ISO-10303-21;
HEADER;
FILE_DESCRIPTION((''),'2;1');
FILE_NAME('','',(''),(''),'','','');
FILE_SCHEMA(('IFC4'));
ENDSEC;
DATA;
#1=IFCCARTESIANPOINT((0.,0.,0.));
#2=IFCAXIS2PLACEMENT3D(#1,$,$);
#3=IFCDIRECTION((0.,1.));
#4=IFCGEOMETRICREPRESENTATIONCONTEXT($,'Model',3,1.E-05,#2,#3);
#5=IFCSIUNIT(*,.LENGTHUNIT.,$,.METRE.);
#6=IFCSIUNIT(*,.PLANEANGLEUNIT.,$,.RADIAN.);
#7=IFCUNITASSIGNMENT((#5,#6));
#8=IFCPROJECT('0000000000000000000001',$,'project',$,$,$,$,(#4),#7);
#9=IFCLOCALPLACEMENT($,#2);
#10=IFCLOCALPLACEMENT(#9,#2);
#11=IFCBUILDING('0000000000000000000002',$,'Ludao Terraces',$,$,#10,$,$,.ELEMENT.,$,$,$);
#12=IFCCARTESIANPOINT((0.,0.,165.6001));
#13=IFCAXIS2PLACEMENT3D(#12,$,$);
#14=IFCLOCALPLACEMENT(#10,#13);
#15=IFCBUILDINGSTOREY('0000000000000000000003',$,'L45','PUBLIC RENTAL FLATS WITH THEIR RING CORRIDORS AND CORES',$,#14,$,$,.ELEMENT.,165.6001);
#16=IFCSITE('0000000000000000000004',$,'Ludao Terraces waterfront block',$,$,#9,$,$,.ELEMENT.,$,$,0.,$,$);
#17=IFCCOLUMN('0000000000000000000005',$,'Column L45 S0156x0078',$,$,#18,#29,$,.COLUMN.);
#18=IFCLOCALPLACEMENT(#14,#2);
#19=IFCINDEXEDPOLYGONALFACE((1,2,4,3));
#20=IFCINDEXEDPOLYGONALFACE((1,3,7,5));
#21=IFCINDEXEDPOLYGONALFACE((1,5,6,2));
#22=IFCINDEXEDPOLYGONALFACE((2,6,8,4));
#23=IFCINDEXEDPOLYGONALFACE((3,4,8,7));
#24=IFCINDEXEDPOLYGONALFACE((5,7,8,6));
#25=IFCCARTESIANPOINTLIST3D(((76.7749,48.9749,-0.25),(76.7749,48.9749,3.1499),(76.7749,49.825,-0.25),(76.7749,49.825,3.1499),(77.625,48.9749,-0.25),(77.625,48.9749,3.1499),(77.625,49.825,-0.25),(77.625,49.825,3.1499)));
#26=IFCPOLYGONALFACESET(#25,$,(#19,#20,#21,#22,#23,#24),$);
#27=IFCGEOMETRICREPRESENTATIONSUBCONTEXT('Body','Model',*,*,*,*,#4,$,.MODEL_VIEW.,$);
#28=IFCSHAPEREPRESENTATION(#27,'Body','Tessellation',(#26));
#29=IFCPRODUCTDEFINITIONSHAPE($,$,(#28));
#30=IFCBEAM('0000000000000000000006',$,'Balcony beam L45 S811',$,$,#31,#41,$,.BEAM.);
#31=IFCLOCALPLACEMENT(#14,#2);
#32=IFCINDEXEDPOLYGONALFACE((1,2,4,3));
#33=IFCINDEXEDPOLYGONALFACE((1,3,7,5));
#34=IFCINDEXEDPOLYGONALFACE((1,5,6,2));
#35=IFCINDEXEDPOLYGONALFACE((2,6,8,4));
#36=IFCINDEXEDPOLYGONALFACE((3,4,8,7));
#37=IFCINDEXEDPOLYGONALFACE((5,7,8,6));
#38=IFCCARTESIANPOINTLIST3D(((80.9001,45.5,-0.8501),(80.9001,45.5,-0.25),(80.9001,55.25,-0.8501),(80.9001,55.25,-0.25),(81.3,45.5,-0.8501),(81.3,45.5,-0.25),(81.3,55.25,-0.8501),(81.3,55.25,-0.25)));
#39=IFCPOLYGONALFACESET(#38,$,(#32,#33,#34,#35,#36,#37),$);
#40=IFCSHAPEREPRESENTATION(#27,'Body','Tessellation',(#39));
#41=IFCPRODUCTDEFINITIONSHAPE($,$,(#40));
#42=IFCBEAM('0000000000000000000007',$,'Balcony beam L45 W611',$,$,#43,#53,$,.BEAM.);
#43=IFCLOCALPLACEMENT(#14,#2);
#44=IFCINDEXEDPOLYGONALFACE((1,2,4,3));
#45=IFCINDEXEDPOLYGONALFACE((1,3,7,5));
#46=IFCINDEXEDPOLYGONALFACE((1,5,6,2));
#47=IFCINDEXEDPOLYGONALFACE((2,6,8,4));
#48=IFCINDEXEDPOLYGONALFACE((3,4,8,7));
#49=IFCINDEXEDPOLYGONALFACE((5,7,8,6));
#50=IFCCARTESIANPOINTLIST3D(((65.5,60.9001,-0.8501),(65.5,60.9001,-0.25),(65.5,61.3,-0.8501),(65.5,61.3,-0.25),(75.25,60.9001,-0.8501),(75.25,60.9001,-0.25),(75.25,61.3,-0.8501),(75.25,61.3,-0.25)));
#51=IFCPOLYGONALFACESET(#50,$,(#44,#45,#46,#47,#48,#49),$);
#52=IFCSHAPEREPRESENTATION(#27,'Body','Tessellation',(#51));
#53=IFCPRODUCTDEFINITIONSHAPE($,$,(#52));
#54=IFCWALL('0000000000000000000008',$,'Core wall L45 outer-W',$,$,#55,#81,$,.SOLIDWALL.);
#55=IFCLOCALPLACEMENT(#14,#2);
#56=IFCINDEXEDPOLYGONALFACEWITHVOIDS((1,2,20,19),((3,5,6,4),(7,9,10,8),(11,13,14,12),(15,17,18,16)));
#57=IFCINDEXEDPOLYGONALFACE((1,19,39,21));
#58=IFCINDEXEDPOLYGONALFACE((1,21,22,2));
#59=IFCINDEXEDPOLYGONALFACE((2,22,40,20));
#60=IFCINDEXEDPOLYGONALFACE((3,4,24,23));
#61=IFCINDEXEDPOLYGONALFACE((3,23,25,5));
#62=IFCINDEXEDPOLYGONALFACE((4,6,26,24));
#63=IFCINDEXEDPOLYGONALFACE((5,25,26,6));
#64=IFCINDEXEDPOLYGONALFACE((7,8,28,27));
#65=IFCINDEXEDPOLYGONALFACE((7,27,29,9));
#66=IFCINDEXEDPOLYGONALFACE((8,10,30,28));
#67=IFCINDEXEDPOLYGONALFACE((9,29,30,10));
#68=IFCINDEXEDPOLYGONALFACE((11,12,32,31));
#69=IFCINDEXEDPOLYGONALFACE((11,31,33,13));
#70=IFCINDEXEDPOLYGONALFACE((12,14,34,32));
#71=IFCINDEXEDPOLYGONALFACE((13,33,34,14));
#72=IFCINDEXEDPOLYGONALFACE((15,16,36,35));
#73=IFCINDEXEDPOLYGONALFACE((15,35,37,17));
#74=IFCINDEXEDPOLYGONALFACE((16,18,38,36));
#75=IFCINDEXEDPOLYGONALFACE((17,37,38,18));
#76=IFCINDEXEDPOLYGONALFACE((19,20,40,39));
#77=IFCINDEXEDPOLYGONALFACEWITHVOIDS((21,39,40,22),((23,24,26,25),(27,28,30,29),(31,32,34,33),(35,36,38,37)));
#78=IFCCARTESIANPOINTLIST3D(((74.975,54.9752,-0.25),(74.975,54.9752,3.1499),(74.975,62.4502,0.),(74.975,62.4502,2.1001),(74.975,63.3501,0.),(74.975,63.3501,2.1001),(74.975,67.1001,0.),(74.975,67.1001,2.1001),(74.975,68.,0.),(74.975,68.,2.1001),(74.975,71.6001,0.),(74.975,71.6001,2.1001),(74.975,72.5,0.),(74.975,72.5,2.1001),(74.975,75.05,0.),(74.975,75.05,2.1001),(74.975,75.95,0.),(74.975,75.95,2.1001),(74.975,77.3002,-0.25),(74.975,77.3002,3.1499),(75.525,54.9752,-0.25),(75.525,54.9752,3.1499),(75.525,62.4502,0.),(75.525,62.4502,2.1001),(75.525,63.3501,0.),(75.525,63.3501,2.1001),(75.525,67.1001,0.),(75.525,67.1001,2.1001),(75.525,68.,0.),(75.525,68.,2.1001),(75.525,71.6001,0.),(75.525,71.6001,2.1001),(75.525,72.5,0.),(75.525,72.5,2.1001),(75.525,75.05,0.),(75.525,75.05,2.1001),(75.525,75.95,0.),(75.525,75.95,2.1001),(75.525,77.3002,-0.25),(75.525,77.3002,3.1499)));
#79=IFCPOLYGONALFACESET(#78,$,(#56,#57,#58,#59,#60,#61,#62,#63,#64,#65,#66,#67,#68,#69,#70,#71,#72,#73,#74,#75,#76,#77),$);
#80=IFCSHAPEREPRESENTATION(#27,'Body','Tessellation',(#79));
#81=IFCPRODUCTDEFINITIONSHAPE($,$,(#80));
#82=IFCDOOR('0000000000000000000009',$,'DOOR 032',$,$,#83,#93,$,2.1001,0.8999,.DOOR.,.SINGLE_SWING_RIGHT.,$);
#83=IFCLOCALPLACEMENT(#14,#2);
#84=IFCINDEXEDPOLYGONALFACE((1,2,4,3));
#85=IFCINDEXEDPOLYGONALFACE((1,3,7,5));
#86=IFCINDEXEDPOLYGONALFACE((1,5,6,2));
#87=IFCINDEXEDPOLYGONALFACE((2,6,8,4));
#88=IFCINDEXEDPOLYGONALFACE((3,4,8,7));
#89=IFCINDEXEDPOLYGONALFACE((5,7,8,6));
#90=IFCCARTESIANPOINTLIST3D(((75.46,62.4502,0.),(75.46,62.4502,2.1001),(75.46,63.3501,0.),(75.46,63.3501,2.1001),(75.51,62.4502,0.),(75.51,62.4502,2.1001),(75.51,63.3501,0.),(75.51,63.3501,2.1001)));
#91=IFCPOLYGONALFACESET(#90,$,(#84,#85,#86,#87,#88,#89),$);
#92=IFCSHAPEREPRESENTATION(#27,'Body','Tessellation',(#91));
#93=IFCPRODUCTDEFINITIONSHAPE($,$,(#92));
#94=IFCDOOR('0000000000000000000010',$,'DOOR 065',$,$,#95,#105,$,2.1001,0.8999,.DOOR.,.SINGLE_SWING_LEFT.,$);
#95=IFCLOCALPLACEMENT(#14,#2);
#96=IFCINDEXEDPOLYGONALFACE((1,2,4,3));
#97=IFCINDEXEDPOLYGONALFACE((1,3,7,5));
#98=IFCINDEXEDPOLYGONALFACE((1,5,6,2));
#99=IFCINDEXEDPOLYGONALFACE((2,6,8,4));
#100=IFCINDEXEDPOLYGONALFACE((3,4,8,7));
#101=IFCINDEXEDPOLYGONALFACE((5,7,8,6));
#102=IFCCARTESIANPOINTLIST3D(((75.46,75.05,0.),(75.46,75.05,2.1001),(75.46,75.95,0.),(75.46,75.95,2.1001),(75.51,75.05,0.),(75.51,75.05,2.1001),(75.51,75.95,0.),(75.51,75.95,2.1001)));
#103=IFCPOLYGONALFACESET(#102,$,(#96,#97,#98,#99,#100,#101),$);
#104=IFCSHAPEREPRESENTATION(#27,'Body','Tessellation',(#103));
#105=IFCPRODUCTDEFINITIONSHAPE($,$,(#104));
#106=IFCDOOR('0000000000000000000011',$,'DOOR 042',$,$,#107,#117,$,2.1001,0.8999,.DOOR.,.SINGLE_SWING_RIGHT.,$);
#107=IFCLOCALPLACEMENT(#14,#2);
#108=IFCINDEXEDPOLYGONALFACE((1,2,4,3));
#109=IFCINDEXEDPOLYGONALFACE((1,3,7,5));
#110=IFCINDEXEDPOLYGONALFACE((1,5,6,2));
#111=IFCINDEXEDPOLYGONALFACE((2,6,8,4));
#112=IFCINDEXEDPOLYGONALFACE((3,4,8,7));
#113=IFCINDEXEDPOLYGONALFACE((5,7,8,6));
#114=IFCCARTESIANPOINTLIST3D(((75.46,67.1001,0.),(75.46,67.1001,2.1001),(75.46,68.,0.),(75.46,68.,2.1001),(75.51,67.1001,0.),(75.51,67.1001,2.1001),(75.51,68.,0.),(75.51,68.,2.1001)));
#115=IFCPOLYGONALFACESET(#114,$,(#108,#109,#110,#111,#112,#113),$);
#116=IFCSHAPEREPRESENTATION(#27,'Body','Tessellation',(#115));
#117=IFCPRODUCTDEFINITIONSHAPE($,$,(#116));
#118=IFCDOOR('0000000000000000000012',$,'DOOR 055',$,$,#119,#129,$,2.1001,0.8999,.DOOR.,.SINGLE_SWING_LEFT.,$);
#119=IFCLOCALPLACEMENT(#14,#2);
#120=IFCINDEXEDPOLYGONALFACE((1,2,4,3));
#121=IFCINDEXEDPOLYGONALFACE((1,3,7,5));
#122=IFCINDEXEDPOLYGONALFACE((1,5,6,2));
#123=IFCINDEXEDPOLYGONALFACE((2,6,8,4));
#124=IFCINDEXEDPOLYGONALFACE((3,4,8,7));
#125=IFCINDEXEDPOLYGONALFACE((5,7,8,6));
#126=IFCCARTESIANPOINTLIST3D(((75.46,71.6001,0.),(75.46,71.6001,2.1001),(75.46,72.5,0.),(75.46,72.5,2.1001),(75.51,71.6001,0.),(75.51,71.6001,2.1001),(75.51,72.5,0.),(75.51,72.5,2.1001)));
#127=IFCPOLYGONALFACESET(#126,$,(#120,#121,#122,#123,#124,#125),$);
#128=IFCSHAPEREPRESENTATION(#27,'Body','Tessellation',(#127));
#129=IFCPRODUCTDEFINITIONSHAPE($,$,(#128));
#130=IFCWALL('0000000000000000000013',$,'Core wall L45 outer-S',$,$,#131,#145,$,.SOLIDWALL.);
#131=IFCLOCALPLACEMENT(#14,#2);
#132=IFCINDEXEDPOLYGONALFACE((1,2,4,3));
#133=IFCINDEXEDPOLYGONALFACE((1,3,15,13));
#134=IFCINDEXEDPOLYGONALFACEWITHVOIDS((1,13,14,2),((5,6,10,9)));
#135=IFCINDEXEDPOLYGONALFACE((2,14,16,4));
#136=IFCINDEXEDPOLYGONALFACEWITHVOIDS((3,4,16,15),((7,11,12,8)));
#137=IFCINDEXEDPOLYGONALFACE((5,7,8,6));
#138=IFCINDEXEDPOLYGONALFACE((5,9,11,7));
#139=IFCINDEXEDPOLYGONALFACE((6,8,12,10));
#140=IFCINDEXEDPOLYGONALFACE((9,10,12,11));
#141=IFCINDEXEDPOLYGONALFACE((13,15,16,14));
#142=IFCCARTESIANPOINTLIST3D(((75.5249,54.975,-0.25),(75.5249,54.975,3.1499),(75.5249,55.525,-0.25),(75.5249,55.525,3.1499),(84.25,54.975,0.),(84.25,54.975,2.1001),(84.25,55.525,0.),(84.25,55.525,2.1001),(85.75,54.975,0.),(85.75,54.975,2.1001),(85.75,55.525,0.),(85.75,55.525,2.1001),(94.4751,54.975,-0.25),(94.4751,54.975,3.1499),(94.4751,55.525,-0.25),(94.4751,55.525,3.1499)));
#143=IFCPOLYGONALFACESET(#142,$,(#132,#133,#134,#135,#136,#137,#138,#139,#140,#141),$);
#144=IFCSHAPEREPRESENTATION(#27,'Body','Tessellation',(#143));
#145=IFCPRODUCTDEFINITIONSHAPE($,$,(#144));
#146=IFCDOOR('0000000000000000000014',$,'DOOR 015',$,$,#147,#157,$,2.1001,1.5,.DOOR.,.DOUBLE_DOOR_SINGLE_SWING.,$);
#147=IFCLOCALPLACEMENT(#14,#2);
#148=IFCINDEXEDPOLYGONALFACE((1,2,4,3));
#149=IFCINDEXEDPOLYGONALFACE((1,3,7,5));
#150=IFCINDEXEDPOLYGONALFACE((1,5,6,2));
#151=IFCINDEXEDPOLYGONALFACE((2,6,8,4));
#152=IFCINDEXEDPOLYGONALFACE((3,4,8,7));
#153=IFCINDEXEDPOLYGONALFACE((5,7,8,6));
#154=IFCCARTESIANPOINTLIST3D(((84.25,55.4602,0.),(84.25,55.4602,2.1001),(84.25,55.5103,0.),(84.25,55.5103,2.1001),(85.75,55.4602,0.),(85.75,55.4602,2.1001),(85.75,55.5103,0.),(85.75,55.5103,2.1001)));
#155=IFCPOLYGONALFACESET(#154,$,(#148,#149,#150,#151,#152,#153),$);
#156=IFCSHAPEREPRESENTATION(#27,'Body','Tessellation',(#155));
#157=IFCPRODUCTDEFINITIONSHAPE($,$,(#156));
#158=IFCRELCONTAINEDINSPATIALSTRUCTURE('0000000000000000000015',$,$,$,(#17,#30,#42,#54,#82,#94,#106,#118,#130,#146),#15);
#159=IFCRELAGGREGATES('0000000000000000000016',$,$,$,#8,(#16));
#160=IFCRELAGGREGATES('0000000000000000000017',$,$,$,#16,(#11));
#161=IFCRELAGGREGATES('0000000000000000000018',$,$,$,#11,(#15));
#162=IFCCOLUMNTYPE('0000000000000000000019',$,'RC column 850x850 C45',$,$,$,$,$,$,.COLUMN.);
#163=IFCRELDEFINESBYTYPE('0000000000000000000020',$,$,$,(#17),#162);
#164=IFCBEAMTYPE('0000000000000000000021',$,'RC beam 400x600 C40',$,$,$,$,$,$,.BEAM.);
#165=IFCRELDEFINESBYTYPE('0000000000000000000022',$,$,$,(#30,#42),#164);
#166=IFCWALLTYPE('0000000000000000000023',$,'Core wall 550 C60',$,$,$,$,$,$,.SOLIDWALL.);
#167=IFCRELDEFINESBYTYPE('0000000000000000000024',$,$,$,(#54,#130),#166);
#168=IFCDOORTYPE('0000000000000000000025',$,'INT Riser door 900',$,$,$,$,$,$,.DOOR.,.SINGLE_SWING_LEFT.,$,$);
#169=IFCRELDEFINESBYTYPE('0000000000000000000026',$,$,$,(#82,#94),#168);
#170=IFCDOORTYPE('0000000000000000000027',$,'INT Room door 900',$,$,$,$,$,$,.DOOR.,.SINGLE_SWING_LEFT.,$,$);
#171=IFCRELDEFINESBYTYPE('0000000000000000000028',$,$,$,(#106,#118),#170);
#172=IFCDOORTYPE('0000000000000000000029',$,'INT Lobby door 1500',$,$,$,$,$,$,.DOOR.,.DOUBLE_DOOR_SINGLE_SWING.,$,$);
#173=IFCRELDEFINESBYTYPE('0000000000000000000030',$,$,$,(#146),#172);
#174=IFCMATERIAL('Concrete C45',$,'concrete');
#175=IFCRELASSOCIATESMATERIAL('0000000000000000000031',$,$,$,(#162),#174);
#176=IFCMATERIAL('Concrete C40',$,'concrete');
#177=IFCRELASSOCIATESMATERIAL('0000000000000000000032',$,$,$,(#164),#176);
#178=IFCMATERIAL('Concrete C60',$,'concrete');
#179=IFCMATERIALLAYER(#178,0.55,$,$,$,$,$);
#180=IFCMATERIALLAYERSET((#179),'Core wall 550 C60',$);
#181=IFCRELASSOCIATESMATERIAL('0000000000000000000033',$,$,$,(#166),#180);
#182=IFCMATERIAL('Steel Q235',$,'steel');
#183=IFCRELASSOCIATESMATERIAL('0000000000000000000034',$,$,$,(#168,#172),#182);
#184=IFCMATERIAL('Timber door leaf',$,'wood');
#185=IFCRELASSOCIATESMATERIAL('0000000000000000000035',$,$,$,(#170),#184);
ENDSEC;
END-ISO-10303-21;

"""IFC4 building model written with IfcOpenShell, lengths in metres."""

from ifc_helpers import new_model, si_unit, direction, frame, frame_2d, origin, origin_2d, place, context, subcontext, project, spatial, rectangle, extrude, material, layer, layer_set, material_profile, profile_set, type_object, element, fill, save


model = new_model("IFC4")

# Units and contexts
model_context = context("Model", 3, precision=1e-05, world=origin(), true_north=direction((0.0, 1.0)))
body_context = subcontext(model_context, "Body", "Model", "MODEL_VIEW")
ifc_project = project(units=[si_unit("LENGTHUNIT", "METRE"), si_unit("PLANEANGLEUNIT", "RADIAN")], contexts=[model_context])

# Site, building, storey
site_placement = place(None, origin())
site = spatial("IfcSite", under=ifc_project, at=site_placement, Name="Ludao Terraces waterfront block", CompositionType="ELEMENT", RefElevation=0.0)
building_placement = place(site_placement, origin())
building = spatial("IfcBuilding", under=site, at=building_placement, Name="Ludao Terraces", CompositionType="ELEMENT")
storey_placement = place(building_placement, frame((0.0, 0.0, 165.6001)))
storey = spatial("IfcBuildingStorey", under=building, at=storey_placement, Name="L45", Description="PUBLIC RENTAL FLATS WITH THEIR RING CORRIDORS AND CORES", CompositionType="ELEMENT", Elevation=165.6001)

# Column
ifc_material_1 = material(Name="Concrete C45", Category="concrete")
ifc_material_profile_1 = material_profile(ifc_material_1, rectangle(XDim=0.8501, YDim=0.8501, at=origin_2d()), Name="850 X 850")
ifc_profile_set_1 = profile_set([ifc_material_profile_1], Name="Concrete C45")
column_type = type_object("IfcColumnType", Name="RC column 850x850 C45", PredefinedType="COLUMN", material=ifc_profile_set_1)
column_placement = place(storey_placement, frame((77.2, 49.3999, -0.25), z_axis=(0.0, 0.0, 1.0), x_axis=(1.0, 0.0, 0.0)))
element("IfcColumn", 1, at=column_placement, inside=storey, type_object=column_type, Name="Column L45 S0156x0078", PredefinedType="COLUMN", context=body_context, shape_type="SweptSolid", body=[
    extrude(rectangle(XDim=0.8501, YDim=0.8501, at=origin_2d()), origin(), (0.0, 0.0, 1.0), 3.3999),
])

# Beams
ifc_material_2 = material(Name="Concrete C40", Category="concrete")
ifc_material_profile_2 = material_profile(ifc_material_2, rectangle(XDim=0.3999, YDim=0.6001, at=origin_2d()), Name="400 X 600")
ifc_profile_set_2 = profile_set([ifc_material_profile_2], Name="Concrete C40")
beam_type = type_object("IfcBeamType", Name="RC beam 400x600 C40", PredefinedType="BEAM", material=ifc_profile_set_2)
for number, where, z_axis, x_axis, name in (
    (2, (81.1001, 55.25, -0.55), (0.0, -1.0, 0.0), (1.0, 0.0, 0.0), "Balcony beam L45 S811"),
    (3, (75.25, 61.1001, -0.55), (-1.0, 0.0, 0.0), (0.0, -1.0, 0.0), "Balcony beam L45 W611"),
):
    element("IfcBeam", number, at=place(storey_placement, frame(where, z_axis=z_axis, x_axis=x_axis)), inside=storey, type_object=beam_type, Name=name, PredefinedType="BEAM", context=body_context, shape_type="SweptSolid", body=[
        extrude(rectangle(XDim=0.3999, YDim=0.6001, at=origin_2d()), origin(), (0.0, 0.0, 1.0), 9.75),
    ])

# Wall, openings, doors
ifc_material_3 = material(Name="Concrete C60", Category="concrete")
ifc_layer_1 = layer(ifc_material_3, 0.55)
ifc_layer_set_1 = layer_set([ifc_layer_1], Name="Core wall 550 C60")
wall_type_1 = type_object("IfcWallType", Name="Core wall 550 C60", PredefinedType="SOLIDWALL", material=ifc_layer_set_1)
wall_1_placement = place(storey_placement, frame((75.25, 54.9751, -0.25), z_axis=(0.0, 0.0, 1.0), x_axis=(0.0, 1.0, 0.0)))
wall_1 = element("IfcWall", 4, at=wall_1_placement, inside=storey, type_object=wall_type_1, Name="Core wall L45 outer-W", PredefinedType="SOLIDWALL", context=body_context, shape_type="SweptSolid", body=[
    extrude(rectangle(XDim=22.325, YDim=0.55, at=frame_2d((11.1626, 0.0))), origin(), (0.0, 0.0, 1.0), 3.3999),
])
opening_1_placement = place(wall_1_placement, frame((7.4751, 0.0, 0.25)))
opening_1 = element("IfcOpeningElement", 5, at=opening_1_placement, cuts=wall_1, PredefinedType="OPENING", context=body_context, shape_type="SweptSolid", body=[
    extrude(rectangle(XDim=0.8999, YDim=2.1001, at=frame_2d((0.45, 1.05))), frame((0.0, 0.2852, 0.0), z_axis=(0.0, -1.0, 0.0), x_axis=(1.0, 0.0, 0.0)), (0.0, 0.0, 1.0), 0.5701),
])
opening_2_placement = place(wall_1_placement, frame((12.125, 0.0, 0.25)))
opening_2 = element("IfcOpeningElement", 6, at=opening_2_placement, cuts=wall_1, PredefinedType="OPENING", context=body_context, shape_type="SweptSolid", body=[
    extrude(rectangle(XDim=0.8999, YDim=2.1001, at=frame_2d((0.45, 1.05))), frame((0.0, 0.2852, 0.0), z_axis=(0.0, -1.0, 0.0), x_axis=(1.0, 0.0, 0.0)), (0.0, 0.0, 1.0), 0.5701),
])
opening_3_placement = place(wall_1_placement, frame((16.625, 0.0, 0.25)))
opening_3 = element("IfcOpeningElement", 7, at=opening_3_placement, cuts=wall_1, PredefinedType="OPENING", context=body_context, shape_type="SweptSolid", body=[
    extrude(rectangle(XDim=0.8999, YDim=2.1001, at=frame_2d((0.45, 1.05))), frame((0.0, 0.2852, 0.0), z_axis=(0.0, -1.0, 0.0), x_axis=(1.0, 0.0, 0.0)), (0.0, 0.0, 1.0), 0.5701),
])
opening_4_placement = place(wall_1_placement, frame((20.075, 0.0, 0.25)))
opening_4 = element("IfcOpeningElement", 8, at=opening_4_placement, cuts=wall_1, PredefinedType="OPENING", context=body_context, shape_type="SweptSolid", body=[
    extrude(rectangle(XDim=0.8999, YDim=2.1001, at=frame_2d((0.45, 1.05))), frame((0.0, 0.2852, 0.0), z_axis=(0.0, -1.0, 0.0), x_axis=(1.0, 0.0, 0.0)), (0.0, 0.0, 1.0), 0.5701),
])
ifc_material_4 = material(Name="Steel Q235", Category="steel")
door_type_1 = type_object("IfcDoorType", Name="INT Riser door 900", OperationType="SINGLE_SWING_LEFT", PredefinedType="DOOR", material=ifc_material_4)
door_1_placement = place(opening_1_placement, origin())
door_1 = element("IfcDoor", 9, at=door_1_placement, inside=storey, type_object=door_type_1, Name="DOOR 032", OperationType="SINGLE_SWING_RIGHT", OverallHeight=2.1001, OverallWidth=0.8999, PredefinedType="DOOR", context=body_context, shape_type="SweptSolid", body=[
    extrude(rectangle(XDim=0.8999, YDim=2.1001, at=frame_2d((0.45, 1.05))), frame((0.0, -0.21, 0.0), z_axis=(0.0, -1.0, 0.0), x_axis=(1.0, 0.0, 0.0)), (0.0, 0.0, 1.0), 0.05),
])
fill(opening_1, door_1)
door_2_placement = place(opening_4_placement, origin())
door_2 = element("IfcDoor", 10, at=door_2_placement, inside=storey, type_object=door_type_1, Name="DOOR 065", OperationType="SINGLE_SWING_LEFT", OverallHeight=2.1001, OverallWidth=0.8999, PredefinedType="DOOR", context=body_context, shape_type="SweptSolid", body=[
    extrude(rectangle(XDim=0.8999, YDim=2.1001, at=frame_2d((0.45, 1.05))), frame((0.0, -0.21, 0.0), z_axis=(0.0, -1.0, 0.0), x_axis=(1.0, 0.0, 0.0)), (0.0, 0.0, 1.0), 0.05),
])
fill(opening_4, door_2)
ifc_material_5 = material(Name="Timber door leaf", Category="wood")
door_type_2 = type_object("IfcDoorType", Name="INT Room door 900", OperationType="SINGLE_SWING_LEFT", PredefinedType="DOOR", material=ifc_material_5)
door_3_placement = place(opening_2_placement, origin())
door_3 = element("IfcDoor", 11, at=door_3_placement, inside=storey, type_object=door_type_2, Name="DOOR 042", OperationType="SINGLE_SWING_RIGHT", OverallHeight=2.1001, OverallWidth=0.8999, PredefinedType="DOOR", context=body_context, shape_type="SweptSolid", body=[
    extrude(rectangle(XDim=0.8999, YDim=2.1001, at=frame_2d((0.45, 1.05))), frame((0.0, -0.21, 0.0), z_axis=(0.0, -1.0, 0.0), x_axis=(1.0, 0.0, 0.0)), (0.0, 0.0, 1.0), 0.05),
])
fill(opening_2, door_3)
door_4_placement = place(opening_3_placement, origin())
door_4 = element("IfcDoor", 12, at=door_4_placement, inside=storey, type_object=door_type_2, Name="DOOR 055", OperationType="SINGLE_SWING_LEFT", OverallHeight=2.1001, OverallWidth=0.8999, PredefinedType="DOOR", context=body_context, shape_type="SweptSolid", body=[
    extrude(rectangle(XDim=0.8999, YDim=2.1001, at=frame_2d((0.45, 1.05))), frame((0.0, -0.21, 0.0), z_axis=(0.0, -1.0, 0.0), x_axis=(1.0, 0.0, 0.0)), (0.0, 0.0, 1.0), 0.05),
])
fill(opening_3, door_4)

# Wall, opening, door
wall_2_placement = place(storey_placement, frame((75.5249, 55.25, -0.25), z_axis=(0.0, 0.0, 1.0), x_axis=(1.0, 0.0, 0.0)))
wall_2 = element("IfcWall", 13, at=wall_2_placement, inside=storey, type_object=wall_type_1, Name="Core wall L45 outer-S", PredefinedType="SOLIDWALL", context=body_context, shape_type="SweptSolid", body=[
    extrude(rectangle(XDim=18.9502, YDim=0.55, at=frame_2d((9.4751, 0.0))), origin(), (0.0, 0.0, 1.0), 3.3999),
])
opening_5_placement = place(wall_2_placement, frame((8.7251, 0.0, 0.25)))
opening_5 = element("IfcOpeningElement", 14, at=opening_5_placement, cuts=wall_2, PredefinedType="OPENING", context=body_context, shape_type="SweptSolid", body=[
    extrude(rectangle(XDim=1.5, YDim=2.1001, at=frame_2d((0.75, 1.05))), frame((0.0, 0.2852, 0.0), z_axis=(0.0, -1.0, 0.0), x_axis=(1.0, 0.0, 0.0)), (0.0, 0.0, 1.0), 0.5701),
])
door_type_3 = type_object("IfcDoorType", Name="INT Lobby door 1500", OperationType="DOUBLE_DOOR_SINGLE_SWING", PredefinedType="DOOR", material=ifc_material_4)
door_5_placement = place(opening_5_placement, origin())
door_5 = element("IfcDoor", 15, at=door_5_placement, inside=storey, type_object=door_type_3, Name="DOOR 015", OperationType="DOUBLE_DOOR_SINGLE_SWING", OverallHeight=2.1001, OverallWidth=1.5, PredefinedType="DOOR", context=body_context, shape_type="SweptSolid", body=[
    extrude(rectangle(XDim=1.5, YDim=2.1001, at=frame_2d((0.75, 1.05))), frame((0.0, 0.2603, 0.0), z_axis=(0.0, -1.0, 0.0), x_axis=(1.0, 0.0, 0.0)), (0.0, 0.0, 1.0), 0.05),
])
fill(opening_5, door_5)

save(model, "model.ifc")
